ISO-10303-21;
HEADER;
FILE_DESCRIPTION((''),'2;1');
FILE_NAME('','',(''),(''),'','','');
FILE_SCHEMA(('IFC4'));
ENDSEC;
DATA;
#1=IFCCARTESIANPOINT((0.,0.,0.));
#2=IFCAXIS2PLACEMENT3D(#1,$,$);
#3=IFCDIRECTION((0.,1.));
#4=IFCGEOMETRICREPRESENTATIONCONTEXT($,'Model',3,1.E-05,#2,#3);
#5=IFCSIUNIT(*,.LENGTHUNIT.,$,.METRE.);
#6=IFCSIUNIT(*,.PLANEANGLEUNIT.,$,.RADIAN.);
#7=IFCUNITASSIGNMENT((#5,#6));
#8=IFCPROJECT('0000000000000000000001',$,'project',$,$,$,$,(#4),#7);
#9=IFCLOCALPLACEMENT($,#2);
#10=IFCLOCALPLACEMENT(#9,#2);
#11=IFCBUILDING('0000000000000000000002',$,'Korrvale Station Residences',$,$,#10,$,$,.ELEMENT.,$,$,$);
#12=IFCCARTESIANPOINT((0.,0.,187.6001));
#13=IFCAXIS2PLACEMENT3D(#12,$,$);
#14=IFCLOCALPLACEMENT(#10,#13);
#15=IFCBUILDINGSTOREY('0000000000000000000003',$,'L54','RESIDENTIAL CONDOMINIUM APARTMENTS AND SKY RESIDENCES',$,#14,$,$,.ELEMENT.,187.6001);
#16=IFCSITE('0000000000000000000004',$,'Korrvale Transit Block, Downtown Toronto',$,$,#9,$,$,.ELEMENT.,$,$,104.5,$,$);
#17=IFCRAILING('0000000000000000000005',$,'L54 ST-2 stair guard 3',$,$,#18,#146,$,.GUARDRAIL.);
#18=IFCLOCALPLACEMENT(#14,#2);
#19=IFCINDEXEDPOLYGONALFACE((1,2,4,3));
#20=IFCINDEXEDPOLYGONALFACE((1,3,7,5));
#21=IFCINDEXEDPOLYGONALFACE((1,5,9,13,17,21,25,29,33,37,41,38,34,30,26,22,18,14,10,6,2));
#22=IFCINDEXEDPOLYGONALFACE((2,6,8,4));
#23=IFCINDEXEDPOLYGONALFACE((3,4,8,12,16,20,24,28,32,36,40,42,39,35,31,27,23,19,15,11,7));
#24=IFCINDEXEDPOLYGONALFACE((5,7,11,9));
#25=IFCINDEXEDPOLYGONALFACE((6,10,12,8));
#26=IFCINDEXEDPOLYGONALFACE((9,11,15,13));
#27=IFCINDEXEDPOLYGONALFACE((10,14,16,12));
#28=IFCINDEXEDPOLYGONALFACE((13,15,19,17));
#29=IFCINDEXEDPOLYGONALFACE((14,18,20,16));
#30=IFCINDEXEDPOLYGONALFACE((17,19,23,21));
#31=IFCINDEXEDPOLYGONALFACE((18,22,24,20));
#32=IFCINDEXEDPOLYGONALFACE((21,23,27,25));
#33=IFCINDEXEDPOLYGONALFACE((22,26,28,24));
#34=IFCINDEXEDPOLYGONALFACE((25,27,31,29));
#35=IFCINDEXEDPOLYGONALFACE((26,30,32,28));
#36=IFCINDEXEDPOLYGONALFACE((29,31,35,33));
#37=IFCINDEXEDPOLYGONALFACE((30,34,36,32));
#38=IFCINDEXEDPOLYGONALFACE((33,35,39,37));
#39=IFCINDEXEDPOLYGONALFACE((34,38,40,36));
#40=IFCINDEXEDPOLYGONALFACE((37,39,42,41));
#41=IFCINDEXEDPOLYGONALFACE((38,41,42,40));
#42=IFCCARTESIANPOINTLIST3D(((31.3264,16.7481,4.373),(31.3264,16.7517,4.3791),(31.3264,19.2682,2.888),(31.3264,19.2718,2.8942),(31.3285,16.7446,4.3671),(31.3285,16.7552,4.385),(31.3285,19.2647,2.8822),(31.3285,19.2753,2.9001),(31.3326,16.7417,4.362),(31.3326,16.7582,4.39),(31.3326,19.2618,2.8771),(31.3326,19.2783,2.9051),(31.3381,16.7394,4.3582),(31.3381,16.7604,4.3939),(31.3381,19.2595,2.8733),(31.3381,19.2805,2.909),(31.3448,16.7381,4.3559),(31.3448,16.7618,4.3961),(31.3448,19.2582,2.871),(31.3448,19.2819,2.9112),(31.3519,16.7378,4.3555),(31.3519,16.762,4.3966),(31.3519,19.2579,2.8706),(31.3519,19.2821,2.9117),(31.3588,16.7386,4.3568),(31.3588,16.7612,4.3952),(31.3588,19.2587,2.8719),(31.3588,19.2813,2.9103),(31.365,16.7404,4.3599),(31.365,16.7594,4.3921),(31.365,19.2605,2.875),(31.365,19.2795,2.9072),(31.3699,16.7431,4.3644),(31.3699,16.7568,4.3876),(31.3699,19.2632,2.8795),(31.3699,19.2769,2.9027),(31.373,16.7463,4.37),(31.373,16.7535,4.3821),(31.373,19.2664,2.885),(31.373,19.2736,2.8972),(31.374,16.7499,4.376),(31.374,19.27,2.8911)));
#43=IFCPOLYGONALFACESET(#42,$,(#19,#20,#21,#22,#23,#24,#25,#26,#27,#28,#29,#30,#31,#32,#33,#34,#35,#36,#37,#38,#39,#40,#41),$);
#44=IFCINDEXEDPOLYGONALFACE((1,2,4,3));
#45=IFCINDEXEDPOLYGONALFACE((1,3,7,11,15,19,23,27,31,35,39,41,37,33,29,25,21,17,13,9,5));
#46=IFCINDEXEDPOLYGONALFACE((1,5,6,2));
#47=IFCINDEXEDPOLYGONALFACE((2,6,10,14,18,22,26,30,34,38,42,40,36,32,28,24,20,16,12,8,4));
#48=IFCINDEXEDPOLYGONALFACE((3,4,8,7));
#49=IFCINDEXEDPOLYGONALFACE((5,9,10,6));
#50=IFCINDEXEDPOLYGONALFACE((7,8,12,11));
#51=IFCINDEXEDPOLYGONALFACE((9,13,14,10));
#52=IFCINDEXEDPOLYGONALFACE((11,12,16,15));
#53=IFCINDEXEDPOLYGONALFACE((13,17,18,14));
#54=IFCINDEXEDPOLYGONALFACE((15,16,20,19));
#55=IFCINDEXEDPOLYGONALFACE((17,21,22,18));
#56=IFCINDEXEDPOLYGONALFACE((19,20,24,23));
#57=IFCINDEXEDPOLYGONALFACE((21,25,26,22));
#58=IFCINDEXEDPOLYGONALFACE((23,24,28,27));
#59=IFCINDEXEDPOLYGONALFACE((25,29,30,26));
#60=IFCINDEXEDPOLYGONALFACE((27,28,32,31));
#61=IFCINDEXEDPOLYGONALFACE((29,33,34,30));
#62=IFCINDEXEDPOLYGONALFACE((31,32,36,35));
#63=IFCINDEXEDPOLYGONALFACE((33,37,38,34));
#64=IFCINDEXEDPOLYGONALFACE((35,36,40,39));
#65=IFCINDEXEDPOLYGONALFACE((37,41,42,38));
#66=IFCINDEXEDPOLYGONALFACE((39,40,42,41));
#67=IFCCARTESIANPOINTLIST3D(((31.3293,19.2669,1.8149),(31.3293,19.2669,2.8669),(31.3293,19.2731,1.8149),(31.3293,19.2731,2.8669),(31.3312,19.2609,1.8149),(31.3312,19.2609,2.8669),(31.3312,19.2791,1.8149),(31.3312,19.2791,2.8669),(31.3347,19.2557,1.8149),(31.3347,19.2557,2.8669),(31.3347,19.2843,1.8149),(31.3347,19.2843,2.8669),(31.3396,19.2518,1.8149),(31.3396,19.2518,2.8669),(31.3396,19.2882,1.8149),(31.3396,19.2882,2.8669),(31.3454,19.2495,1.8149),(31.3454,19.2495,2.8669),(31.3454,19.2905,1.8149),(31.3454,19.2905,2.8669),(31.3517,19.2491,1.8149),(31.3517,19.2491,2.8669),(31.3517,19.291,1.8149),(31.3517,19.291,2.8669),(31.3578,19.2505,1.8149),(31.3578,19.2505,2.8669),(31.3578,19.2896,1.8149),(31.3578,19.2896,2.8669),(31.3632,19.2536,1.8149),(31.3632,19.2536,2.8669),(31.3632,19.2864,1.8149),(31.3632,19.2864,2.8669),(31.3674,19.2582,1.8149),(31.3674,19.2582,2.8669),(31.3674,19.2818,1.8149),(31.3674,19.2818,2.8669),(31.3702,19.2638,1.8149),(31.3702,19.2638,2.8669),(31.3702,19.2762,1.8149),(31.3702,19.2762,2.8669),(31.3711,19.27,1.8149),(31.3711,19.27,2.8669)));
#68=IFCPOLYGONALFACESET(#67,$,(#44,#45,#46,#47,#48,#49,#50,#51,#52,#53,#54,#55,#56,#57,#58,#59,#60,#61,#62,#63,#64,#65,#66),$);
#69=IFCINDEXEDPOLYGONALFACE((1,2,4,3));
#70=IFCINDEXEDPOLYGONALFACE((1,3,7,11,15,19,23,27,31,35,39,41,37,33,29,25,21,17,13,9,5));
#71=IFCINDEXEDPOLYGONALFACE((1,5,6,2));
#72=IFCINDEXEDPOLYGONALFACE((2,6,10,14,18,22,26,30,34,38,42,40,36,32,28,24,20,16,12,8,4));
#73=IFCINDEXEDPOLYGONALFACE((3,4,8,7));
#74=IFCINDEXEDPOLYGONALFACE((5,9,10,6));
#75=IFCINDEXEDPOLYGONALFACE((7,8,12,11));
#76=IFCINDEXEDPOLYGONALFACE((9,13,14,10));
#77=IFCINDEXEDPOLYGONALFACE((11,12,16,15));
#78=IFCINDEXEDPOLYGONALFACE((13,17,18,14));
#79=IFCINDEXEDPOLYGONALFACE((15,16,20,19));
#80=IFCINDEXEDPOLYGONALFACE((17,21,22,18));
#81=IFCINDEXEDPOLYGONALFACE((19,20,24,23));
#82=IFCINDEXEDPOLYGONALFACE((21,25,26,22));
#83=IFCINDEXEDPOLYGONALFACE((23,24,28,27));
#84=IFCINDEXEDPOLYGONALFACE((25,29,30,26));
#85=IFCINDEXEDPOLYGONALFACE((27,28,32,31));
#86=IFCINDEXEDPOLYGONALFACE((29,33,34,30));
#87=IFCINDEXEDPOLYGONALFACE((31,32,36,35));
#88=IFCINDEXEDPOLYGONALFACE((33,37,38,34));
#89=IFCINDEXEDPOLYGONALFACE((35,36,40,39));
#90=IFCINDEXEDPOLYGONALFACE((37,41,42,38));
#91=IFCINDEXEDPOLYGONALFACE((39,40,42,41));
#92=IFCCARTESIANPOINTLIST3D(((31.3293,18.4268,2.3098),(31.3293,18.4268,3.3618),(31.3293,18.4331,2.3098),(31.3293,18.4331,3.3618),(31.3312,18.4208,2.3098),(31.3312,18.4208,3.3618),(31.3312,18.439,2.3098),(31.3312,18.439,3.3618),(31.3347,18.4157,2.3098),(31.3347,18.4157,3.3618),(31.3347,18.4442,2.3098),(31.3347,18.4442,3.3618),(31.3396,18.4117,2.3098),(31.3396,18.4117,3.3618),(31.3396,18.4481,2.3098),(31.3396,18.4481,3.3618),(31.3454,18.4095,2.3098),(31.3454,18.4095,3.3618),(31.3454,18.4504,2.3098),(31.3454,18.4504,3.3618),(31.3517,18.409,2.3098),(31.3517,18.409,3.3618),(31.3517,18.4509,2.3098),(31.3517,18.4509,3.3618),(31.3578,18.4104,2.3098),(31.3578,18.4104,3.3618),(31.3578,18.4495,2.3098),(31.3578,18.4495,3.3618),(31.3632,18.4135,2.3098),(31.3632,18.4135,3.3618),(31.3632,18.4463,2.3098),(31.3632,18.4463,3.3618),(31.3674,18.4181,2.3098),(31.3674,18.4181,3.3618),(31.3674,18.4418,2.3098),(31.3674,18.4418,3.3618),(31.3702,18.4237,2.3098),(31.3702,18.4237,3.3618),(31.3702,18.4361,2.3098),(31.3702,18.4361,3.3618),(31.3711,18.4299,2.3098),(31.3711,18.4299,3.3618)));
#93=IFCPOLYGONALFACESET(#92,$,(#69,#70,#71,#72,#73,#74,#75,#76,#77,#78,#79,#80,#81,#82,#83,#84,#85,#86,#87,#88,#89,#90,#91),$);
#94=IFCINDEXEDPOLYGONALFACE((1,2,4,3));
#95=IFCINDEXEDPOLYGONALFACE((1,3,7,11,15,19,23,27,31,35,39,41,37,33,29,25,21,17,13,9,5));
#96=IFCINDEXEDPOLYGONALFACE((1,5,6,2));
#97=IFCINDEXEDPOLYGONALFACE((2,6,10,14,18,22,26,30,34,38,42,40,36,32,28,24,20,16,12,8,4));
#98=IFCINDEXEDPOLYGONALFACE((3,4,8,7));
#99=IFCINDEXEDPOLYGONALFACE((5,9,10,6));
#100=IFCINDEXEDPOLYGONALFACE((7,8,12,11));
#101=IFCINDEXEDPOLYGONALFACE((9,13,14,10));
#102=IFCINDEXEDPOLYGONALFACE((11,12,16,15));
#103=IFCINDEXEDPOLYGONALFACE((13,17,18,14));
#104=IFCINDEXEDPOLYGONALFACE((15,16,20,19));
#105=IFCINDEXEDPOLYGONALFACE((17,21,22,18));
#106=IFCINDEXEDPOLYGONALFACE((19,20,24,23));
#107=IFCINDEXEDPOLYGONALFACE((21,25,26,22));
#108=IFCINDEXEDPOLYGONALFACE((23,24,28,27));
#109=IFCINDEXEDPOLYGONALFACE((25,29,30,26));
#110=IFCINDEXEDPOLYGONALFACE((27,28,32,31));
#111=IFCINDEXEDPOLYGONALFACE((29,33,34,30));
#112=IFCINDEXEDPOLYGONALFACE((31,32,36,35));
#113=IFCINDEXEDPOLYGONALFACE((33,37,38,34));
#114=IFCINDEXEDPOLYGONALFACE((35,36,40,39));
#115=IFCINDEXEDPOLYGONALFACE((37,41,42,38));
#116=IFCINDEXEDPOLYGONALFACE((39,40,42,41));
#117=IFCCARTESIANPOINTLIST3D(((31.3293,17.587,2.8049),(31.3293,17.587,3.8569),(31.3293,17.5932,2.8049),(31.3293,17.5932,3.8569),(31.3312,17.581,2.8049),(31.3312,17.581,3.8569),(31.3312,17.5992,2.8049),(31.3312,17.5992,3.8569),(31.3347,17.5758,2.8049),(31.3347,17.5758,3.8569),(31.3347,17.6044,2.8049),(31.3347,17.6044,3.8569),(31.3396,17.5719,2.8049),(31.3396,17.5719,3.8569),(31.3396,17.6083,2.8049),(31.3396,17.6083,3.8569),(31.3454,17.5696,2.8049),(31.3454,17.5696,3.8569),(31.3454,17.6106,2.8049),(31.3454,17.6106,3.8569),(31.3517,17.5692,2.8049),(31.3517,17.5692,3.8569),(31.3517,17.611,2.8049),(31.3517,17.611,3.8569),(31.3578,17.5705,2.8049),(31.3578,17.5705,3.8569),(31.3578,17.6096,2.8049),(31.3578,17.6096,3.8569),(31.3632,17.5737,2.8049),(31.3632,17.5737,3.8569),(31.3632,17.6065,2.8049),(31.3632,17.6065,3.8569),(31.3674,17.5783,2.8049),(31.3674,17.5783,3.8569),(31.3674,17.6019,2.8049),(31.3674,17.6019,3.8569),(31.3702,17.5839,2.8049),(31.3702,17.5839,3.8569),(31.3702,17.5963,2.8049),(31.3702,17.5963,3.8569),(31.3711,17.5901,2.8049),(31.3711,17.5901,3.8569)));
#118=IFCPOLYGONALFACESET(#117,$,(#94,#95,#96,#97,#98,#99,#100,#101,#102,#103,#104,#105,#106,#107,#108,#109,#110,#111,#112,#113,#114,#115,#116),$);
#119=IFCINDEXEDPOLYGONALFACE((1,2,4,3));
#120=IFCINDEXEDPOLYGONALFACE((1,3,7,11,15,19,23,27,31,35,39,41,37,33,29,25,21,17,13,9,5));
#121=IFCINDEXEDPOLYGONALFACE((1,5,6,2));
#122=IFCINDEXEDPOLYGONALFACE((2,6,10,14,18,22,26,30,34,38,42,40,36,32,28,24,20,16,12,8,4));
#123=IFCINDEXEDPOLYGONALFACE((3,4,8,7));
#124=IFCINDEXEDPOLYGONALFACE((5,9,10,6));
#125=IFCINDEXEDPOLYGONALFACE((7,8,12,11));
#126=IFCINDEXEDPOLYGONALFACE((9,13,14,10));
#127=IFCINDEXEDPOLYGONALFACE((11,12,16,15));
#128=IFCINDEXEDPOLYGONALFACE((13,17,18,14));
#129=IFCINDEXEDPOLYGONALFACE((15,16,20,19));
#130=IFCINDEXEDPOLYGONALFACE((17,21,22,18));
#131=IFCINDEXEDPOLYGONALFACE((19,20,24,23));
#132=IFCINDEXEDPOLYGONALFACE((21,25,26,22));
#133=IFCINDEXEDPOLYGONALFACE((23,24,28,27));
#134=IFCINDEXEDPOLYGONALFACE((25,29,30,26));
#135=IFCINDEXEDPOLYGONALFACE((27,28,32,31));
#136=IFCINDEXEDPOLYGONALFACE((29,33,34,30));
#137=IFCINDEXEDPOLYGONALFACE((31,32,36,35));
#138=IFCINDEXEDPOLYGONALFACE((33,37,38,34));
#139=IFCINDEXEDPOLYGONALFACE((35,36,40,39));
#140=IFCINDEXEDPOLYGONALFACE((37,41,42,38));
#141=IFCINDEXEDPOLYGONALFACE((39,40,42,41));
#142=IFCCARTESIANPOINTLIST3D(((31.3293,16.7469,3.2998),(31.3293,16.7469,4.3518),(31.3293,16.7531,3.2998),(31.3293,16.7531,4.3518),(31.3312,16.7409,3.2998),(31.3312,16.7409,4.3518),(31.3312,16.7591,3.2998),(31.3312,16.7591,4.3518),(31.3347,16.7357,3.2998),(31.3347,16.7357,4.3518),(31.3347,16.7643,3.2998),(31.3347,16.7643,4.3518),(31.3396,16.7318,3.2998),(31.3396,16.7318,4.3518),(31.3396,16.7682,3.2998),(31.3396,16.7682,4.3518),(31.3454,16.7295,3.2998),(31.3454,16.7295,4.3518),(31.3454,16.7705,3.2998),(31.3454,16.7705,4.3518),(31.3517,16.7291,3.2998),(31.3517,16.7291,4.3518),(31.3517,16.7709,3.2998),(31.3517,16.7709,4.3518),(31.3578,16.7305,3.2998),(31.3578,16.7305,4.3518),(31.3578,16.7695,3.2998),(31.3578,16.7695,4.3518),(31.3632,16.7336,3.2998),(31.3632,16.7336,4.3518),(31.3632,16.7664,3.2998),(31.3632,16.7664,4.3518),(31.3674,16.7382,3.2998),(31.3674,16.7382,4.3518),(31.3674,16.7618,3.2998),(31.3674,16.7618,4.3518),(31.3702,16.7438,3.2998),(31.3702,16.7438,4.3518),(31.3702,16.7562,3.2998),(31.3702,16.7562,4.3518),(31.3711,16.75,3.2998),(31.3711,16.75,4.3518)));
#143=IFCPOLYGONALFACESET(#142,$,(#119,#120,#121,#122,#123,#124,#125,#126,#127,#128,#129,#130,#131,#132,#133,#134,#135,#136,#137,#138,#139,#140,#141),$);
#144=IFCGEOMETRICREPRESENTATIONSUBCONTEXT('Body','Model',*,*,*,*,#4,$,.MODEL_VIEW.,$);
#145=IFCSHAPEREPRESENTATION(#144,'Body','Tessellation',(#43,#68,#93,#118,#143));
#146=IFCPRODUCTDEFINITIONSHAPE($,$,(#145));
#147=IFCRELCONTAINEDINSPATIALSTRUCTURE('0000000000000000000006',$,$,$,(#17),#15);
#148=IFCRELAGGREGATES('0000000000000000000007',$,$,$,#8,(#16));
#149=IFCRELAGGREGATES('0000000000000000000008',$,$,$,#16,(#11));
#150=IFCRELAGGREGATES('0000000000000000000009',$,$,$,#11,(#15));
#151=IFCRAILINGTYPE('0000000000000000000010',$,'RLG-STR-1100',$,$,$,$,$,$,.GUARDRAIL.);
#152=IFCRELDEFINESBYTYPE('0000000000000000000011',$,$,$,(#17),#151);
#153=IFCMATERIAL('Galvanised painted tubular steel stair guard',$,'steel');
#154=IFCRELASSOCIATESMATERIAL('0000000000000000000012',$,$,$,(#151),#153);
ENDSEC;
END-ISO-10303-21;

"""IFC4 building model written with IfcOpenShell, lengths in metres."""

from ifc_helpers import new_model, si_unit, direction, frame, origin, origin_2d, place, context, subcontext, project, spatial, circle, extrude, material, type_object, element, save


model = new_model("IFC4")

# Units and contexts
model_context = context("Model", 3, precision=1e-05, world=origin(), true_north=direction((0.0, 1.0)))
body_context = subcontext(model_context, "Body", "Model", "MODEL_VIEW")
ifc_project = project(units=[si_unit("LENGTHUNIT", "METRE"), si_unit("PLANEANGLEUNIT", "RADIAN")], contexts=[model_context])

# Site, building, storey
site_placement = place(None, origin())
site = spatial("IfcSite", under=ifc_project, at=site_placement, Name="Korrvale Transit Block, Downtown Toronto", CompositionType="ELEMENT", RefElevation=104.5)
building_placement = place(site_placement, origin())
building = spatial("IfcBuilding", under=site, at=building_placement, Name="Korrvale Station Residences", CompositionType="ELEMENT")
storey_placement = place(building_placement, frame((0.0, 0.0, 187.6001)))
storey = spatial("IfcBuildingStorey", under=building, at=storey_placement, Name="L54", Description="RESIDENTIAL CONDOMINIUM APARTMENTS AND SKY RESIDENCES", CompositionType="ELEMENT", Elevation=187.6001)

# Railing
ifc_material_1 = material(Name="Galvanised painted tubular steel stair guard", Category="steel")
railing_type_1 = type_object("IfcRailingType", Name="RLG-STR-1100", PredefinedType="GUARDRAIL", material=ifc_material_1)
railing_1_placement = place(storey_placement, frame((31.3501, 19.27, 1.8149)))
element("IfcRailing", 1, at=railing_1_placement, inside=storey, type_object=railing_type_1, Name="L54 ST-2 stair guard 3", PredefinedType="GUARDRAIL", context=body_context, shape_type="SweptSolid", body=[
    extrude(circle(Radius=0.0239, at=origin_2d()), frame((0.0, 0.0, 1.0762), z_axis=(0.0, -0.861561, 0.507655), x_axis=(1.0, 0.0, 0.0)), (0.0, 0.0, 1.0), 2.925),
    extrude(circle(Radius=0.021, at=origin_2d()), origin(), (0.0, 0.0, 1.0), 1.052),
    extrude(circle(Radius=0.021, at=origin_2d()), frame((0.0, -0.8401, 0.4949)), (0.0, 0.0, 1.0), 1.052),
    extrude(circle(Radius=0.021, at=origin_2d()), frame((0.0, -1.6799, 0.99)), (0.0, 0.0, 1.0), 1.052),
    extrude(circle(Radius=0.021, at=origin_2d()), frame((0.0, -2.52, 1.4849)), (0.0, 0.0, 1.0), 1.052),
])

save(model, "model.ifc")
